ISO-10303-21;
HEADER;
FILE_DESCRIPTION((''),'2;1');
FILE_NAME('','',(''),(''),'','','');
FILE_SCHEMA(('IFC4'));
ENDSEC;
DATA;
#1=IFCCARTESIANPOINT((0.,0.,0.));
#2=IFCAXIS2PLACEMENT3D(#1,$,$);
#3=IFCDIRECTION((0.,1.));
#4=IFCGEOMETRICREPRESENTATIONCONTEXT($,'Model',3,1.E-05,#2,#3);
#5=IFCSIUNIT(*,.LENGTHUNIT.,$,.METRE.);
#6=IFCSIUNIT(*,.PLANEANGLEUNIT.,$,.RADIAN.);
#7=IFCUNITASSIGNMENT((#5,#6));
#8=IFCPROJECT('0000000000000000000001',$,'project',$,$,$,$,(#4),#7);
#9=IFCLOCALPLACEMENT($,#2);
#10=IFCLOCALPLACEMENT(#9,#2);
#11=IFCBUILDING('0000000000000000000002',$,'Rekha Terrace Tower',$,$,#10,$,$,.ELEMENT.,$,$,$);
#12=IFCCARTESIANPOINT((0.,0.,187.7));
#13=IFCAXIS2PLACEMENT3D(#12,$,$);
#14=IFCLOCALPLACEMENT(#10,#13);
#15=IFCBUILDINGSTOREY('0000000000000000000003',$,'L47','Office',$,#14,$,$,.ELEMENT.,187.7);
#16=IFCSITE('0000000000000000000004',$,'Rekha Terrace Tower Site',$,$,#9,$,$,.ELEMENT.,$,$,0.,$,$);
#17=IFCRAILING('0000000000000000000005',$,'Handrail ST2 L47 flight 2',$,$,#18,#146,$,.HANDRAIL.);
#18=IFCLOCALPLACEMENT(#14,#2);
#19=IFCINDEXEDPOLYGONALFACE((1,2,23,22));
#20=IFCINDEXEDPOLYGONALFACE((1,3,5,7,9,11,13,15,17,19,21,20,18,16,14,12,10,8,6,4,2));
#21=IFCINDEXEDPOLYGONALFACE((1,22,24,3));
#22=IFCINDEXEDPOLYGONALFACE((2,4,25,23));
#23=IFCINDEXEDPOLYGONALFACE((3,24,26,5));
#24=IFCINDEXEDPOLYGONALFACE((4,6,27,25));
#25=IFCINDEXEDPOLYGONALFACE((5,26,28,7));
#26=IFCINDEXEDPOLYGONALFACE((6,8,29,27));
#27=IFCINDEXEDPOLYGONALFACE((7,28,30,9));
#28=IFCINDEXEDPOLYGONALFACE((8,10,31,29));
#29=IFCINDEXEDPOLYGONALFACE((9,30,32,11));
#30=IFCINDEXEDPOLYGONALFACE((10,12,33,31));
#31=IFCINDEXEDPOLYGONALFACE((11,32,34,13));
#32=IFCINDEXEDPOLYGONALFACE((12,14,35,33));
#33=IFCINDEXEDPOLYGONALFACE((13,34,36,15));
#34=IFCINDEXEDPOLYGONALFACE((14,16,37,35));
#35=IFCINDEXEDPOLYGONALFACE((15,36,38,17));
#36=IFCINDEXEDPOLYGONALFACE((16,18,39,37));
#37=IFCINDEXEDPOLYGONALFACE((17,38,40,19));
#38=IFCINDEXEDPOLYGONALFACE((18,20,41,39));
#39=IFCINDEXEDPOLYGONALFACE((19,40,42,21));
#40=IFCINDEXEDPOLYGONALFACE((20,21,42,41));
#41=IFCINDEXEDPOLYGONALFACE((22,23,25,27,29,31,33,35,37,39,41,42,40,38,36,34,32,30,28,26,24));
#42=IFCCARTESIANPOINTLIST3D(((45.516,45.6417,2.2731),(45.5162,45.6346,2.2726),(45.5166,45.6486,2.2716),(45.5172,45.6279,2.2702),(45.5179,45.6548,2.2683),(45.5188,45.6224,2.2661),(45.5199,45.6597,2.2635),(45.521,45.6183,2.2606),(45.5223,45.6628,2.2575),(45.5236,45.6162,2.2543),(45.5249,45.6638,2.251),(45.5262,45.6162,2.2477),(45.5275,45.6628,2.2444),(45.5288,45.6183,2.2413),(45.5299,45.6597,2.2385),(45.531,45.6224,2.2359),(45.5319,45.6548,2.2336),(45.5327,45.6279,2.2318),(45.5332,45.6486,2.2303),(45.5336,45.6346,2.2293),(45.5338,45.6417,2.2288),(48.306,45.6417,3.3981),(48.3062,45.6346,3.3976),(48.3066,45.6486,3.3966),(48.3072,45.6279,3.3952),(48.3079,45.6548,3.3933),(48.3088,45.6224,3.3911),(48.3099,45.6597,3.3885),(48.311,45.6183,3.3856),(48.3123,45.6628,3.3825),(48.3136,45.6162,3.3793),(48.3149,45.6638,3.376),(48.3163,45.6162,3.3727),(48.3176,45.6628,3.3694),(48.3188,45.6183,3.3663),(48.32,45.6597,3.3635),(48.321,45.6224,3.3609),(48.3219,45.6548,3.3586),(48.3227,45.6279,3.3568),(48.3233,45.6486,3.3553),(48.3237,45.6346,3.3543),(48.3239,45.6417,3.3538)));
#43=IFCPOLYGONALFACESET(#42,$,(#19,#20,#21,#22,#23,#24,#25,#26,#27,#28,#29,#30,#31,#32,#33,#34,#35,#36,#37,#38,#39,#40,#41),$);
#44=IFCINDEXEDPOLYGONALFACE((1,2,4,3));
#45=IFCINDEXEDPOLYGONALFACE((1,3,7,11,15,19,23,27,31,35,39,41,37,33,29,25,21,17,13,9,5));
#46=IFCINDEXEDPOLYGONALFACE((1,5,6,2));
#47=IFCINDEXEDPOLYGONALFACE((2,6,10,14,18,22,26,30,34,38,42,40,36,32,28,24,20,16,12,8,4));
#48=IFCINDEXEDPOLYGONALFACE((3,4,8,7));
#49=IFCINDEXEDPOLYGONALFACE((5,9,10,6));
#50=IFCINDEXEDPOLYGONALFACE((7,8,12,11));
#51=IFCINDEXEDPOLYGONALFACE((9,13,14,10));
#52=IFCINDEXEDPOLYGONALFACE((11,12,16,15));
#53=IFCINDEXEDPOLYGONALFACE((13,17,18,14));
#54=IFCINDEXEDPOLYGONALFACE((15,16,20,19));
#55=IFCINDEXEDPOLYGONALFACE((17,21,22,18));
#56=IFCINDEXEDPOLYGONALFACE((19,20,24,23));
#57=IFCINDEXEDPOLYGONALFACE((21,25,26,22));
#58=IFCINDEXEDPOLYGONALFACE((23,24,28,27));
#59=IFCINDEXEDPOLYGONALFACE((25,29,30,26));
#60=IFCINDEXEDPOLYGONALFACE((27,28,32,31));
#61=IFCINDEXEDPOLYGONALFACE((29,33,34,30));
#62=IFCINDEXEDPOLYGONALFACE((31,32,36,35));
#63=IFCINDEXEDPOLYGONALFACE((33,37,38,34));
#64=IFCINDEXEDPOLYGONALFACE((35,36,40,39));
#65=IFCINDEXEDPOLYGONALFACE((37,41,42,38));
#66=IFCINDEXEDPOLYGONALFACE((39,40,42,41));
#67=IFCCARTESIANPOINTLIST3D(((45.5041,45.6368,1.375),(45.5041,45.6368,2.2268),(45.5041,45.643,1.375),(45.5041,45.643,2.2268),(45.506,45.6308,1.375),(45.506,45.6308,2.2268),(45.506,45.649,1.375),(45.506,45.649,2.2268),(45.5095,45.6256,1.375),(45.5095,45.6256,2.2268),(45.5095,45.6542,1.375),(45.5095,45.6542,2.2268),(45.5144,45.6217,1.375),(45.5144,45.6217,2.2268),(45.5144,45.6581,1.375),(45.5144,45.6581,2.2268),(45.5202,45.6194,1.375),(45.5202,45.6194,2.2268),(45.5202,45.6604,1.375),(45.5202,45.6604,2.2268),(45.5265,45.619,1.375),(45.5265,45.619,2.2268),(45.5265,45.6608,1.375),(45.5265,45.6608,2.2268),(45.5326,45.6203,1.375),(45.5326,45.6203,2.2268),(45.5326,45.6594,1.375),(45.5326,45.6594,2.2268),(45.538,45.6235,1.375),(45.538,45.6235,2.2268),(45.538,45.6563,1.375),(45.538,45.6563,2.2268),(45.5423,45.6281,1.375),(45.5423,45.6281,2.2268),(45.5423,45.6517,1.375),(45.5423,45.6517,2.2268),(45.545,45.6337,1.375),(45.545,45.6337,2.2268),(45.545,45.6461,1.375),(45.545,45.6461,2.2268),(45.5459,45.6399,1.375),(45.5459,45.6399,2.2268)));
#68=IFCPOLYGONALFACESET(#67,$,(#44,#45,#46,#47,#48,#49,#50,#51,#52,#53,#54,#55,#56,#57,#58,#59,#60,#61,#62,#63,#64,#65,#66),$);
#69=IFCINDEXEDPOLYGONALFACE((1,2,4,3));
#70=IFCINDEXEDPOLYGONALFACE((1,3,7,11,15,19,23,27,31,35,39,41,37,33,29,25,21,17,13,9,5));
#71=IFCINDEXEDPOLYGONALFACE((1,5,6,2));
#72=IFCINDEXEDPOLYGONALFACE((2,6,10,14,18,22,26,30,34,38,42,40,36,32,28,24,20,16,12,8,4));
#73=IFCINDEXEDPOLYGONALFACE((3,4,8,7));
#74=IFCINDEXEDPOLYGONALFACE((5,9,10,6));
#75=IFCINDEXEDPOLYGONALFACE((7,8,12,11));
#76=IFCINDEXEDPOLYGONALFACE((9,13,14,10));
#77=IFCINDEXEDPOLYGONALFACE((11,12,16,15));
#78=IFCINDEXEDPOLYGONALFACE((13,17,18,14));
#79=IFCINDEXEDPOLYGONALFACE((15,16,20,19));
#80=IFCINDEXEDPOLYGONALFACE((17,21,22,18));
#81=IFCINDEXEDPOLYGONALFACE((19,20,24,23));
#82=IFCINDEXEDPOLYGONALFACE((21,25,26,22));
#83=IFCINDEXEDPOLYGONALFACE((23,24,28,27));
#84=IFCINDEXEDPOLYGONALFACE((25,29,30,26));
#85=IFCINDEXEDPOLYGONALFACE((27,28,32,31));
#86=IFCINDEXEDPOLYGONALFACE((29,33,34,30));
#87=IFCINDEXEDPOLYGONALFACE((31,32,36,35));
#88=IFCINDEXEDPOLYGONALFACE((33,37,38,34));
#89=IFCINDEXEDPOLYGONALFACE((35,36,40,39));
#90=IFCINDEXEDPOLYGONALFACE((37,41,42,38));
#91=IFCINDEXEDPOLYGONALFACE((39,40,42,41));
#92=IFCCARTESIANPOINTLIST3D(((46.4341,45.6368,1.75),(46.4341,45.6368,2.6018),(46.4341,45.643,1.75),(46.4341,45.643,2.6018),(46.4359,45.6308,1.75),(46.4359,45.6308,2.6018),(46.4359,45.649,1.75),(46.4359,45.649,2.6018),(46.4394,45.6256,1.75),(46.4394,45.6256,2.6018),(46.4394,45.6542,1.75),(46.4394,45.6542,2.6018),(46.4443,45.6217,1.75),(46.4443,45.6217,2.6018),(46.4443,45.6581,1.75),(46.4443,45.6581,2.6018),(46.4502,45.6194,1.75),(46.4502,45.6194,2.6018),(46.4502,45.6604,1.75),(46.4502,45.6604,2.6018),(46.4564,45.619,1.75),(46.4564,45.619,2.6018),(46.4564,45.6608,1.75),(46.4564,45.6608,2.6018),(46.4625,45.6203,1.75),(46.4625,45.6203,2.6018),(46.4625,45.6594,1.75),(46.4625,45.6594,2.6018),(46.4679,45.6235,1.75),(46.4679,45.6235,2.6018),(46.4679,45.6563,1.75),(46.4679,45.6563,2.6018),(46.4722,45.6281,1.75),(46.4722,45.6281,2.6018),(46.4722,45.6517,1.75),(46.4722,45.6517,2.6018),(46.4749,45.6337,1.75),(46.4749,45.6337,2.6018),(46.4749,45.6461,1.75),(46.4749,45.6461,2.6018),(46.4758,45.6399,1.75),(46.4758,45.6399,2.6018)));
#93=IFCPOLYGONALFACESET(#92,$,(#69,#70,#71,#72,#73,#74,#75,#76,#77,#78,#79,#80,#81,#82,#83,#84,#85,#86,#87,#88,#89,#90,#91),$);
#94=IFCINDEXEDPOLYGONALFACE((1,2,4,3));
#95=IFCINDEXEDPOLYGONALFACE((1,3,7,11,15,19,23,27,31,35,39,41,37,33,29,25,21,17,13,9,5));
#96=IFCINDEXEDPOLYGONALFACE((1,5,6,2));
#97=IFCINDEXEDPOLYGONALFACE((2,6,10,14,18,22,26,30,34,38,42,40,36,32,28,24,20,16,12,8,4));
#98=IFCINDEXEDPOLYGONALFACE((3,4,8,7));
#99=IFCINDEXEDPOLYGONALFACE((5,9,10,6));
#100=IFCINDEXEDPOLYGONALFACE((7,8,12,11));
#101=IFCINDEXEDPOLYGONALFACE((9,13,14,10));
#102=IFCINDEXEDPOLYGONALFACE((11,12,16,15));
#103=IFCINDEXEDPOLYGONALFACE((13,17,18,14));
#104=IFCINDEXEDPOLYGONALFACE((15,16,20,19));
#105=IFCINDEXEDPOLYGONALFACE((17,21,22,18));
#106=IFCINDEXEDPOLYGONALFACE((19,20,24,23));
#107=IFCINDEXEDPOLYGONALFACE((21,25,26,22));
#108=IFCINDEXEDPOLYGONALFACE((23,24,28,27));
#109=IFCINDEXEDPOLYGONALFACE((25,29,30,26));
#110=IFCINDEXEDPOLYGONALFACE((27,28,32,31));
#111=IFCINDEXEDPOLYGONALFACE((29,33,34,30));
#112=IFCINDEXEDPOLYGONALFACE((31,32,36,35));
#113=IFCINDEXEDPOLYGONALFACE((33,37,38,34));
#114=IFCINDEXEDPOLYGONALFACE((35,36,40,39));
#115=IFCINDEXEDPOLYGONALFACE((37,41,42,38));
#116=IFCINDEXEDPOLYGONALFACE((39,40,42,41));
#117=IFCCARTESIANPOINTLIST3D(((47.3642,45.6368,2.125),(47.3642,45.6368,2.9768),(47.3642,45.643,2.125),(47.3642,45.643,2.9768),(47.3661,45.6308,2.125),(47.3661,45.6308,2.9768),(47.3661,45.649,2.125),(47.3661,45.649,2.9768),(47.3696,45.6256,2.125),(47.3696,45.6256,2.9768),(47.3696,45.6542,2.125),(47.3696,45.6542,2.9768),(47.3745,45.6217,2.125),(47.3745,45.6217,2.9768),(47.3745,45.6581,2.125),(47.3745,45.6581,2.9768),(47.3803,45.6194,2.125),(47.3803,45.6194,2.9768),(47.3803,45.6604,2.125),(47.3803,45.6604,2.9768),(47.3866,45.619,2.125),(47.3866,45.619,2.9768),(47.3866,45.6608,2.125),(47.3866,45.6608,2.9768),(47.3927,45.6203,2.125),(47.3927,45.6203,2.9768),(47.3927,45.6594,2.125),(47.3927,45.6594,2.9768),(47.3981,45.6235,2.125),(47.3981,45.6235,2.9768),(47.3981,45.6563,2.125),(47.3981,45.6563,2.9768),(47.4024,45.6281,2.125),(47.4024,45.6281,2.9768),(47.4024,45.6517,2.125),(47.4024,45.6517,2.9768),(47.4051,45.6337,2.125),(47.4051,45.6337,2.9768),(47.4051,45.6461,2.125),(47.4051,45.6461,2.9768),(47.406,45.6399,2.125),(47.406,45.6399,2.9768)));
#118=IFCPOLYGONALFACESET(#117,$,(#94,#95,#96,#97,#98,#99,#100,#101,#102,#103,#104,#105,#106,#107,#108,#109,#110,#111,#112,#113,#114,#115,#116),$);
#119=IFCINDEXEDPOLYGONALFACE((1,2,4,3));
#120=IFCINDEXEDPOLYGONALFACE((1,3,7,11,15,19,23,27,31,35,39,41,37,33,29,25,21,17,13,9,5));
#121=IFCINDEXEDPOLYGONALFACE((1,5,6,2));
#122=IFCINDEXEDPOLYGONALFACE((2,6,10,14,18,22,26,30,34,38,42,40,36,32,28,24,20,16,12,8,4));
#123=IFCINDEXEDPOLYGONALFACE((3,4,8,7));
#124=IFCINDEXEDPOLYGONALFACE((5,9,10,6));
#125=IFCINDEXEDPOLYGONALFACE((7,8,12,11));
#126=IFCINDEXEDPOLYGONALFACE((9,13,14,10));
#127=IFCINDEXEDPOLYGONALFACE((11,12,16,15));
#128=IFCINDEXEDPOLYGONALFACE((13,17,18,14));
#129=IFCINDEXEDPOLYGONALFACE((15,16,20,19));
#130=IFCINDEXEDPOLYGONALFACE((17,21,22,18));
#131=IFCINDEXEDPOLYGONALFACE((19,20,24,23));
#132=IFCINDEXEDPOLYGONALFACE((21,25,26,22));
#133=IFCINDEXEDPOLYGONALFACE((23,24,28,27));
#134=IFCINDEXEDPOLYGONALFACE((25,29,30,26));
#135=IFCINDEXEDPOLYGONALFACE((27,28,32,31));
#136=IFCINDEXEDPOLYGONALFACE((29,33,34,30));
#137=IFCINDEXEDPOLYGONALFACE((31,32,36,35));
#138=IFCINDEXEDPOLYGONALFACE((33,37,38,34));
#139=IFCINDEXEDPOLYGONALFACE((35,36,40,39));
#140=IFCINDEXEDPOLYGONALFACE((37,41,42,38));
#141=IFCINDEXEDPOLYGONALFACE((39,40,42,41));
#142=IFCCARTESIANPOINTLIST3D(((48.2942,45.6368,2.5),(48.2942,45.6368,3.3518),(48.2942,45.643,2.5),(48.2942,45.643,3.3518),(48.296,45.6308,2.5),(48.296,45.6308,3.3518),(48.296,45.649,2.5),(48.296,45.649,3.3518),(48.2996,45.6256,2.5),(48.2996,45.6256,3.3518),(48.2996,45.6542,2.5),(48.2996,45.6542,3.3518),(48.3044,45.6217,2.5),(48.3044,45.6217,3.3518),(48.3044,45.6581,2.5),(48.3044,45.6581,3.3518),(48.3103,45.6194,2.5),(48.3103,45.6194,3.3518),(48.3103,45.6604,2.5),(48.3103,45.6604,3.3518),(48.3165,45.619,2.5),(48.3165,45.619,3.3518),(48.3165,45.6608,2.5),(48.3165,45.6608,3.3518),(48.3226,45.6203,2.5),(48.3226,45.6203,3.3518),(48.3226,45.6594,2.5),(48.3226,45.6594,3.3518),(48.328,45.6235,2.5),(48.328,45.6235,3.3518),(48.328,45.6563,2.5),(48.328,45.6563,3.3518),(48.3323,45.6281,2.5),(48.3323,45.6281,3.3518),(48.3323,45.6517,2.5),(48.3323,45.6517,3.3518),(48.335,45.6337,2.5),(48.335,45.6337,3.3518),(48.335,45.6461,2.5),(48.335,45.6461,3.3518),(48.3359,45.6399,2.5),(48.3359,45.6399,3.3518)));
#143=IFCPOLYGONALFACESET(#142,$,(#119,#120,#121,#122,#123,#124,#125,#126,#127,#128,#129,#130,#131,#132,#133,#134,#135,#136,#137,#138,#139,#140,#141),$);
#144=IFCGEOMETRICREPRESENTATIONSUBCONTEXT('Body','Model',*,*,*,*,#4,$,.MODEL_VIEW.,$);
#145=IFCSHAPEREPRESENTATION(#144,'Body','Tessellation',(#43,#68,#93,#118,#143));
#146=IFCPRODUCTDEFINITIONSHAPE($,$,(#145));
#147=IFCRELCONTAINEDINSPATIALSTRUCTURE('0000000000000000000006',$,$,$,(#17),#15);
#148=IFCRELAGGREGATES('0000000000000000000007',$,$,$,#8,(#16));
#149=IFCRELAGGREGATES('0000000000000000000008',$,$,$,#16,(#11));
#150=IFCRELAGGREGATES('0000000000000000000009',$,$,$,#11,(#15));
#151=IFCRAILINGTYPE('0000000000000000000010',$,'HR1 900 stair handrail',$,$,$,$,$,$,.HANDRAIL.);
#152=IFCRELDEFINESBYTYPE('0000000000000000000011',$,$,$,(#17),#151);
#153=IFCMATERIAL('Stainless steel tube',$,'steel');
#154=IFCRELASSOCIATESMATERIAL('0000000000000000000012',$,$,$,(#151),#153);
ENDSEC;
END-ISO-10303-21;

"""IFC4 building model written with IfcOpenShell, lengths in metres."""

from ifc_helpers import new_model, si_unit, direction, frame, origin, origin_2d, place, context, subcontext, project, spatial, circle, extrude, material, type_object, element, save


model = new_model("IFC4")

# Units and contexts
model_context = context("Model", 3, precision=1e-05, world=origin(), true_north=direction((0.0, 1.0)))
body_context = subcontext(model_context, "Body", "Model", "MODEL_VIEW")
ifc_project = project(units=[si_unit("LENGTHUNIT", "METRE"), si_unit("PLANEANGLEUNIT", "RADIAN")], contexts=[model_context])

# Site, building, storey
site_placement = place(None, origin())
site = spatial("IfcSite", under=ifc_project, at=site_placement, Name="Rekha Terrace Tower Site", CompositionType="ELEMENT", RefElevation=0.0)
building_placement = place(site_placement, origin())
building = spatial("IfcBuilding", under=site, at=building_placement, Name="Rekha Terrace Tower", CompositionType="ELEMENT")
storey_placement = place(building_placement, frame((0.0, 0.0, 187.7)))
storey = spatial("IfcBuildingStorey", under=building, at=storey_placement, Name="L47", Description="Office", CompositionType="ELEMENT", Elevation=187.7)

# Railing
ifc_material_1 = material(Name="Stainless steel tube", Category="steel")
railing_type_1 = type_object("IfcRailingType", Name="HR1 900 stair handrail", PredefinedType="HANDRAIL", material=ifc_material_1)
railing_1_placement = place(storey_placement, frame((45.5249, 45.6399, 1.375)))
element("IfcRailing", 1, at=railing_1_placement, inside=storey, type_object=railing_type_1, Name="Handrail ST2 L47 flight 2", PredefinedType="HANDRAIL", context=body_context, shape_type="SweptSolid", body=[
    extrude(circle(Radius=0.0239, at=origin_2d()), frame((0.0, 0.0, 0.876), z_axis=(0.927443, 0.0, 0.373964), x_axis=(0.0, 1.0, 0.0)), (0.0, 0.0, 1.0), 3.0083),
    extrude(circle(Radius=0.021, at=origin_2d()), origin(), (0.0, 0.0, 1.0), 0.8518),
    extrude(circle(Radius=0.021, at=origin_2d()), frame((0.9299, 0.0, 0.375)), (0.0, 0.0, 1.0), 0.8518),
    extrude(circle(Radius=0.021, at=origin_2d()), frame((1.8601, 0.0, 0.75)), (0.0, 0.0, 1.0), 0.8518),
    extrude(circle(Radius=0.021, at=origin_2d()), frame((2.79, 0.0, 1.125)), (0.0, 0.0, 1.0), 0.8518),
])

save(model, "model.ifc")
